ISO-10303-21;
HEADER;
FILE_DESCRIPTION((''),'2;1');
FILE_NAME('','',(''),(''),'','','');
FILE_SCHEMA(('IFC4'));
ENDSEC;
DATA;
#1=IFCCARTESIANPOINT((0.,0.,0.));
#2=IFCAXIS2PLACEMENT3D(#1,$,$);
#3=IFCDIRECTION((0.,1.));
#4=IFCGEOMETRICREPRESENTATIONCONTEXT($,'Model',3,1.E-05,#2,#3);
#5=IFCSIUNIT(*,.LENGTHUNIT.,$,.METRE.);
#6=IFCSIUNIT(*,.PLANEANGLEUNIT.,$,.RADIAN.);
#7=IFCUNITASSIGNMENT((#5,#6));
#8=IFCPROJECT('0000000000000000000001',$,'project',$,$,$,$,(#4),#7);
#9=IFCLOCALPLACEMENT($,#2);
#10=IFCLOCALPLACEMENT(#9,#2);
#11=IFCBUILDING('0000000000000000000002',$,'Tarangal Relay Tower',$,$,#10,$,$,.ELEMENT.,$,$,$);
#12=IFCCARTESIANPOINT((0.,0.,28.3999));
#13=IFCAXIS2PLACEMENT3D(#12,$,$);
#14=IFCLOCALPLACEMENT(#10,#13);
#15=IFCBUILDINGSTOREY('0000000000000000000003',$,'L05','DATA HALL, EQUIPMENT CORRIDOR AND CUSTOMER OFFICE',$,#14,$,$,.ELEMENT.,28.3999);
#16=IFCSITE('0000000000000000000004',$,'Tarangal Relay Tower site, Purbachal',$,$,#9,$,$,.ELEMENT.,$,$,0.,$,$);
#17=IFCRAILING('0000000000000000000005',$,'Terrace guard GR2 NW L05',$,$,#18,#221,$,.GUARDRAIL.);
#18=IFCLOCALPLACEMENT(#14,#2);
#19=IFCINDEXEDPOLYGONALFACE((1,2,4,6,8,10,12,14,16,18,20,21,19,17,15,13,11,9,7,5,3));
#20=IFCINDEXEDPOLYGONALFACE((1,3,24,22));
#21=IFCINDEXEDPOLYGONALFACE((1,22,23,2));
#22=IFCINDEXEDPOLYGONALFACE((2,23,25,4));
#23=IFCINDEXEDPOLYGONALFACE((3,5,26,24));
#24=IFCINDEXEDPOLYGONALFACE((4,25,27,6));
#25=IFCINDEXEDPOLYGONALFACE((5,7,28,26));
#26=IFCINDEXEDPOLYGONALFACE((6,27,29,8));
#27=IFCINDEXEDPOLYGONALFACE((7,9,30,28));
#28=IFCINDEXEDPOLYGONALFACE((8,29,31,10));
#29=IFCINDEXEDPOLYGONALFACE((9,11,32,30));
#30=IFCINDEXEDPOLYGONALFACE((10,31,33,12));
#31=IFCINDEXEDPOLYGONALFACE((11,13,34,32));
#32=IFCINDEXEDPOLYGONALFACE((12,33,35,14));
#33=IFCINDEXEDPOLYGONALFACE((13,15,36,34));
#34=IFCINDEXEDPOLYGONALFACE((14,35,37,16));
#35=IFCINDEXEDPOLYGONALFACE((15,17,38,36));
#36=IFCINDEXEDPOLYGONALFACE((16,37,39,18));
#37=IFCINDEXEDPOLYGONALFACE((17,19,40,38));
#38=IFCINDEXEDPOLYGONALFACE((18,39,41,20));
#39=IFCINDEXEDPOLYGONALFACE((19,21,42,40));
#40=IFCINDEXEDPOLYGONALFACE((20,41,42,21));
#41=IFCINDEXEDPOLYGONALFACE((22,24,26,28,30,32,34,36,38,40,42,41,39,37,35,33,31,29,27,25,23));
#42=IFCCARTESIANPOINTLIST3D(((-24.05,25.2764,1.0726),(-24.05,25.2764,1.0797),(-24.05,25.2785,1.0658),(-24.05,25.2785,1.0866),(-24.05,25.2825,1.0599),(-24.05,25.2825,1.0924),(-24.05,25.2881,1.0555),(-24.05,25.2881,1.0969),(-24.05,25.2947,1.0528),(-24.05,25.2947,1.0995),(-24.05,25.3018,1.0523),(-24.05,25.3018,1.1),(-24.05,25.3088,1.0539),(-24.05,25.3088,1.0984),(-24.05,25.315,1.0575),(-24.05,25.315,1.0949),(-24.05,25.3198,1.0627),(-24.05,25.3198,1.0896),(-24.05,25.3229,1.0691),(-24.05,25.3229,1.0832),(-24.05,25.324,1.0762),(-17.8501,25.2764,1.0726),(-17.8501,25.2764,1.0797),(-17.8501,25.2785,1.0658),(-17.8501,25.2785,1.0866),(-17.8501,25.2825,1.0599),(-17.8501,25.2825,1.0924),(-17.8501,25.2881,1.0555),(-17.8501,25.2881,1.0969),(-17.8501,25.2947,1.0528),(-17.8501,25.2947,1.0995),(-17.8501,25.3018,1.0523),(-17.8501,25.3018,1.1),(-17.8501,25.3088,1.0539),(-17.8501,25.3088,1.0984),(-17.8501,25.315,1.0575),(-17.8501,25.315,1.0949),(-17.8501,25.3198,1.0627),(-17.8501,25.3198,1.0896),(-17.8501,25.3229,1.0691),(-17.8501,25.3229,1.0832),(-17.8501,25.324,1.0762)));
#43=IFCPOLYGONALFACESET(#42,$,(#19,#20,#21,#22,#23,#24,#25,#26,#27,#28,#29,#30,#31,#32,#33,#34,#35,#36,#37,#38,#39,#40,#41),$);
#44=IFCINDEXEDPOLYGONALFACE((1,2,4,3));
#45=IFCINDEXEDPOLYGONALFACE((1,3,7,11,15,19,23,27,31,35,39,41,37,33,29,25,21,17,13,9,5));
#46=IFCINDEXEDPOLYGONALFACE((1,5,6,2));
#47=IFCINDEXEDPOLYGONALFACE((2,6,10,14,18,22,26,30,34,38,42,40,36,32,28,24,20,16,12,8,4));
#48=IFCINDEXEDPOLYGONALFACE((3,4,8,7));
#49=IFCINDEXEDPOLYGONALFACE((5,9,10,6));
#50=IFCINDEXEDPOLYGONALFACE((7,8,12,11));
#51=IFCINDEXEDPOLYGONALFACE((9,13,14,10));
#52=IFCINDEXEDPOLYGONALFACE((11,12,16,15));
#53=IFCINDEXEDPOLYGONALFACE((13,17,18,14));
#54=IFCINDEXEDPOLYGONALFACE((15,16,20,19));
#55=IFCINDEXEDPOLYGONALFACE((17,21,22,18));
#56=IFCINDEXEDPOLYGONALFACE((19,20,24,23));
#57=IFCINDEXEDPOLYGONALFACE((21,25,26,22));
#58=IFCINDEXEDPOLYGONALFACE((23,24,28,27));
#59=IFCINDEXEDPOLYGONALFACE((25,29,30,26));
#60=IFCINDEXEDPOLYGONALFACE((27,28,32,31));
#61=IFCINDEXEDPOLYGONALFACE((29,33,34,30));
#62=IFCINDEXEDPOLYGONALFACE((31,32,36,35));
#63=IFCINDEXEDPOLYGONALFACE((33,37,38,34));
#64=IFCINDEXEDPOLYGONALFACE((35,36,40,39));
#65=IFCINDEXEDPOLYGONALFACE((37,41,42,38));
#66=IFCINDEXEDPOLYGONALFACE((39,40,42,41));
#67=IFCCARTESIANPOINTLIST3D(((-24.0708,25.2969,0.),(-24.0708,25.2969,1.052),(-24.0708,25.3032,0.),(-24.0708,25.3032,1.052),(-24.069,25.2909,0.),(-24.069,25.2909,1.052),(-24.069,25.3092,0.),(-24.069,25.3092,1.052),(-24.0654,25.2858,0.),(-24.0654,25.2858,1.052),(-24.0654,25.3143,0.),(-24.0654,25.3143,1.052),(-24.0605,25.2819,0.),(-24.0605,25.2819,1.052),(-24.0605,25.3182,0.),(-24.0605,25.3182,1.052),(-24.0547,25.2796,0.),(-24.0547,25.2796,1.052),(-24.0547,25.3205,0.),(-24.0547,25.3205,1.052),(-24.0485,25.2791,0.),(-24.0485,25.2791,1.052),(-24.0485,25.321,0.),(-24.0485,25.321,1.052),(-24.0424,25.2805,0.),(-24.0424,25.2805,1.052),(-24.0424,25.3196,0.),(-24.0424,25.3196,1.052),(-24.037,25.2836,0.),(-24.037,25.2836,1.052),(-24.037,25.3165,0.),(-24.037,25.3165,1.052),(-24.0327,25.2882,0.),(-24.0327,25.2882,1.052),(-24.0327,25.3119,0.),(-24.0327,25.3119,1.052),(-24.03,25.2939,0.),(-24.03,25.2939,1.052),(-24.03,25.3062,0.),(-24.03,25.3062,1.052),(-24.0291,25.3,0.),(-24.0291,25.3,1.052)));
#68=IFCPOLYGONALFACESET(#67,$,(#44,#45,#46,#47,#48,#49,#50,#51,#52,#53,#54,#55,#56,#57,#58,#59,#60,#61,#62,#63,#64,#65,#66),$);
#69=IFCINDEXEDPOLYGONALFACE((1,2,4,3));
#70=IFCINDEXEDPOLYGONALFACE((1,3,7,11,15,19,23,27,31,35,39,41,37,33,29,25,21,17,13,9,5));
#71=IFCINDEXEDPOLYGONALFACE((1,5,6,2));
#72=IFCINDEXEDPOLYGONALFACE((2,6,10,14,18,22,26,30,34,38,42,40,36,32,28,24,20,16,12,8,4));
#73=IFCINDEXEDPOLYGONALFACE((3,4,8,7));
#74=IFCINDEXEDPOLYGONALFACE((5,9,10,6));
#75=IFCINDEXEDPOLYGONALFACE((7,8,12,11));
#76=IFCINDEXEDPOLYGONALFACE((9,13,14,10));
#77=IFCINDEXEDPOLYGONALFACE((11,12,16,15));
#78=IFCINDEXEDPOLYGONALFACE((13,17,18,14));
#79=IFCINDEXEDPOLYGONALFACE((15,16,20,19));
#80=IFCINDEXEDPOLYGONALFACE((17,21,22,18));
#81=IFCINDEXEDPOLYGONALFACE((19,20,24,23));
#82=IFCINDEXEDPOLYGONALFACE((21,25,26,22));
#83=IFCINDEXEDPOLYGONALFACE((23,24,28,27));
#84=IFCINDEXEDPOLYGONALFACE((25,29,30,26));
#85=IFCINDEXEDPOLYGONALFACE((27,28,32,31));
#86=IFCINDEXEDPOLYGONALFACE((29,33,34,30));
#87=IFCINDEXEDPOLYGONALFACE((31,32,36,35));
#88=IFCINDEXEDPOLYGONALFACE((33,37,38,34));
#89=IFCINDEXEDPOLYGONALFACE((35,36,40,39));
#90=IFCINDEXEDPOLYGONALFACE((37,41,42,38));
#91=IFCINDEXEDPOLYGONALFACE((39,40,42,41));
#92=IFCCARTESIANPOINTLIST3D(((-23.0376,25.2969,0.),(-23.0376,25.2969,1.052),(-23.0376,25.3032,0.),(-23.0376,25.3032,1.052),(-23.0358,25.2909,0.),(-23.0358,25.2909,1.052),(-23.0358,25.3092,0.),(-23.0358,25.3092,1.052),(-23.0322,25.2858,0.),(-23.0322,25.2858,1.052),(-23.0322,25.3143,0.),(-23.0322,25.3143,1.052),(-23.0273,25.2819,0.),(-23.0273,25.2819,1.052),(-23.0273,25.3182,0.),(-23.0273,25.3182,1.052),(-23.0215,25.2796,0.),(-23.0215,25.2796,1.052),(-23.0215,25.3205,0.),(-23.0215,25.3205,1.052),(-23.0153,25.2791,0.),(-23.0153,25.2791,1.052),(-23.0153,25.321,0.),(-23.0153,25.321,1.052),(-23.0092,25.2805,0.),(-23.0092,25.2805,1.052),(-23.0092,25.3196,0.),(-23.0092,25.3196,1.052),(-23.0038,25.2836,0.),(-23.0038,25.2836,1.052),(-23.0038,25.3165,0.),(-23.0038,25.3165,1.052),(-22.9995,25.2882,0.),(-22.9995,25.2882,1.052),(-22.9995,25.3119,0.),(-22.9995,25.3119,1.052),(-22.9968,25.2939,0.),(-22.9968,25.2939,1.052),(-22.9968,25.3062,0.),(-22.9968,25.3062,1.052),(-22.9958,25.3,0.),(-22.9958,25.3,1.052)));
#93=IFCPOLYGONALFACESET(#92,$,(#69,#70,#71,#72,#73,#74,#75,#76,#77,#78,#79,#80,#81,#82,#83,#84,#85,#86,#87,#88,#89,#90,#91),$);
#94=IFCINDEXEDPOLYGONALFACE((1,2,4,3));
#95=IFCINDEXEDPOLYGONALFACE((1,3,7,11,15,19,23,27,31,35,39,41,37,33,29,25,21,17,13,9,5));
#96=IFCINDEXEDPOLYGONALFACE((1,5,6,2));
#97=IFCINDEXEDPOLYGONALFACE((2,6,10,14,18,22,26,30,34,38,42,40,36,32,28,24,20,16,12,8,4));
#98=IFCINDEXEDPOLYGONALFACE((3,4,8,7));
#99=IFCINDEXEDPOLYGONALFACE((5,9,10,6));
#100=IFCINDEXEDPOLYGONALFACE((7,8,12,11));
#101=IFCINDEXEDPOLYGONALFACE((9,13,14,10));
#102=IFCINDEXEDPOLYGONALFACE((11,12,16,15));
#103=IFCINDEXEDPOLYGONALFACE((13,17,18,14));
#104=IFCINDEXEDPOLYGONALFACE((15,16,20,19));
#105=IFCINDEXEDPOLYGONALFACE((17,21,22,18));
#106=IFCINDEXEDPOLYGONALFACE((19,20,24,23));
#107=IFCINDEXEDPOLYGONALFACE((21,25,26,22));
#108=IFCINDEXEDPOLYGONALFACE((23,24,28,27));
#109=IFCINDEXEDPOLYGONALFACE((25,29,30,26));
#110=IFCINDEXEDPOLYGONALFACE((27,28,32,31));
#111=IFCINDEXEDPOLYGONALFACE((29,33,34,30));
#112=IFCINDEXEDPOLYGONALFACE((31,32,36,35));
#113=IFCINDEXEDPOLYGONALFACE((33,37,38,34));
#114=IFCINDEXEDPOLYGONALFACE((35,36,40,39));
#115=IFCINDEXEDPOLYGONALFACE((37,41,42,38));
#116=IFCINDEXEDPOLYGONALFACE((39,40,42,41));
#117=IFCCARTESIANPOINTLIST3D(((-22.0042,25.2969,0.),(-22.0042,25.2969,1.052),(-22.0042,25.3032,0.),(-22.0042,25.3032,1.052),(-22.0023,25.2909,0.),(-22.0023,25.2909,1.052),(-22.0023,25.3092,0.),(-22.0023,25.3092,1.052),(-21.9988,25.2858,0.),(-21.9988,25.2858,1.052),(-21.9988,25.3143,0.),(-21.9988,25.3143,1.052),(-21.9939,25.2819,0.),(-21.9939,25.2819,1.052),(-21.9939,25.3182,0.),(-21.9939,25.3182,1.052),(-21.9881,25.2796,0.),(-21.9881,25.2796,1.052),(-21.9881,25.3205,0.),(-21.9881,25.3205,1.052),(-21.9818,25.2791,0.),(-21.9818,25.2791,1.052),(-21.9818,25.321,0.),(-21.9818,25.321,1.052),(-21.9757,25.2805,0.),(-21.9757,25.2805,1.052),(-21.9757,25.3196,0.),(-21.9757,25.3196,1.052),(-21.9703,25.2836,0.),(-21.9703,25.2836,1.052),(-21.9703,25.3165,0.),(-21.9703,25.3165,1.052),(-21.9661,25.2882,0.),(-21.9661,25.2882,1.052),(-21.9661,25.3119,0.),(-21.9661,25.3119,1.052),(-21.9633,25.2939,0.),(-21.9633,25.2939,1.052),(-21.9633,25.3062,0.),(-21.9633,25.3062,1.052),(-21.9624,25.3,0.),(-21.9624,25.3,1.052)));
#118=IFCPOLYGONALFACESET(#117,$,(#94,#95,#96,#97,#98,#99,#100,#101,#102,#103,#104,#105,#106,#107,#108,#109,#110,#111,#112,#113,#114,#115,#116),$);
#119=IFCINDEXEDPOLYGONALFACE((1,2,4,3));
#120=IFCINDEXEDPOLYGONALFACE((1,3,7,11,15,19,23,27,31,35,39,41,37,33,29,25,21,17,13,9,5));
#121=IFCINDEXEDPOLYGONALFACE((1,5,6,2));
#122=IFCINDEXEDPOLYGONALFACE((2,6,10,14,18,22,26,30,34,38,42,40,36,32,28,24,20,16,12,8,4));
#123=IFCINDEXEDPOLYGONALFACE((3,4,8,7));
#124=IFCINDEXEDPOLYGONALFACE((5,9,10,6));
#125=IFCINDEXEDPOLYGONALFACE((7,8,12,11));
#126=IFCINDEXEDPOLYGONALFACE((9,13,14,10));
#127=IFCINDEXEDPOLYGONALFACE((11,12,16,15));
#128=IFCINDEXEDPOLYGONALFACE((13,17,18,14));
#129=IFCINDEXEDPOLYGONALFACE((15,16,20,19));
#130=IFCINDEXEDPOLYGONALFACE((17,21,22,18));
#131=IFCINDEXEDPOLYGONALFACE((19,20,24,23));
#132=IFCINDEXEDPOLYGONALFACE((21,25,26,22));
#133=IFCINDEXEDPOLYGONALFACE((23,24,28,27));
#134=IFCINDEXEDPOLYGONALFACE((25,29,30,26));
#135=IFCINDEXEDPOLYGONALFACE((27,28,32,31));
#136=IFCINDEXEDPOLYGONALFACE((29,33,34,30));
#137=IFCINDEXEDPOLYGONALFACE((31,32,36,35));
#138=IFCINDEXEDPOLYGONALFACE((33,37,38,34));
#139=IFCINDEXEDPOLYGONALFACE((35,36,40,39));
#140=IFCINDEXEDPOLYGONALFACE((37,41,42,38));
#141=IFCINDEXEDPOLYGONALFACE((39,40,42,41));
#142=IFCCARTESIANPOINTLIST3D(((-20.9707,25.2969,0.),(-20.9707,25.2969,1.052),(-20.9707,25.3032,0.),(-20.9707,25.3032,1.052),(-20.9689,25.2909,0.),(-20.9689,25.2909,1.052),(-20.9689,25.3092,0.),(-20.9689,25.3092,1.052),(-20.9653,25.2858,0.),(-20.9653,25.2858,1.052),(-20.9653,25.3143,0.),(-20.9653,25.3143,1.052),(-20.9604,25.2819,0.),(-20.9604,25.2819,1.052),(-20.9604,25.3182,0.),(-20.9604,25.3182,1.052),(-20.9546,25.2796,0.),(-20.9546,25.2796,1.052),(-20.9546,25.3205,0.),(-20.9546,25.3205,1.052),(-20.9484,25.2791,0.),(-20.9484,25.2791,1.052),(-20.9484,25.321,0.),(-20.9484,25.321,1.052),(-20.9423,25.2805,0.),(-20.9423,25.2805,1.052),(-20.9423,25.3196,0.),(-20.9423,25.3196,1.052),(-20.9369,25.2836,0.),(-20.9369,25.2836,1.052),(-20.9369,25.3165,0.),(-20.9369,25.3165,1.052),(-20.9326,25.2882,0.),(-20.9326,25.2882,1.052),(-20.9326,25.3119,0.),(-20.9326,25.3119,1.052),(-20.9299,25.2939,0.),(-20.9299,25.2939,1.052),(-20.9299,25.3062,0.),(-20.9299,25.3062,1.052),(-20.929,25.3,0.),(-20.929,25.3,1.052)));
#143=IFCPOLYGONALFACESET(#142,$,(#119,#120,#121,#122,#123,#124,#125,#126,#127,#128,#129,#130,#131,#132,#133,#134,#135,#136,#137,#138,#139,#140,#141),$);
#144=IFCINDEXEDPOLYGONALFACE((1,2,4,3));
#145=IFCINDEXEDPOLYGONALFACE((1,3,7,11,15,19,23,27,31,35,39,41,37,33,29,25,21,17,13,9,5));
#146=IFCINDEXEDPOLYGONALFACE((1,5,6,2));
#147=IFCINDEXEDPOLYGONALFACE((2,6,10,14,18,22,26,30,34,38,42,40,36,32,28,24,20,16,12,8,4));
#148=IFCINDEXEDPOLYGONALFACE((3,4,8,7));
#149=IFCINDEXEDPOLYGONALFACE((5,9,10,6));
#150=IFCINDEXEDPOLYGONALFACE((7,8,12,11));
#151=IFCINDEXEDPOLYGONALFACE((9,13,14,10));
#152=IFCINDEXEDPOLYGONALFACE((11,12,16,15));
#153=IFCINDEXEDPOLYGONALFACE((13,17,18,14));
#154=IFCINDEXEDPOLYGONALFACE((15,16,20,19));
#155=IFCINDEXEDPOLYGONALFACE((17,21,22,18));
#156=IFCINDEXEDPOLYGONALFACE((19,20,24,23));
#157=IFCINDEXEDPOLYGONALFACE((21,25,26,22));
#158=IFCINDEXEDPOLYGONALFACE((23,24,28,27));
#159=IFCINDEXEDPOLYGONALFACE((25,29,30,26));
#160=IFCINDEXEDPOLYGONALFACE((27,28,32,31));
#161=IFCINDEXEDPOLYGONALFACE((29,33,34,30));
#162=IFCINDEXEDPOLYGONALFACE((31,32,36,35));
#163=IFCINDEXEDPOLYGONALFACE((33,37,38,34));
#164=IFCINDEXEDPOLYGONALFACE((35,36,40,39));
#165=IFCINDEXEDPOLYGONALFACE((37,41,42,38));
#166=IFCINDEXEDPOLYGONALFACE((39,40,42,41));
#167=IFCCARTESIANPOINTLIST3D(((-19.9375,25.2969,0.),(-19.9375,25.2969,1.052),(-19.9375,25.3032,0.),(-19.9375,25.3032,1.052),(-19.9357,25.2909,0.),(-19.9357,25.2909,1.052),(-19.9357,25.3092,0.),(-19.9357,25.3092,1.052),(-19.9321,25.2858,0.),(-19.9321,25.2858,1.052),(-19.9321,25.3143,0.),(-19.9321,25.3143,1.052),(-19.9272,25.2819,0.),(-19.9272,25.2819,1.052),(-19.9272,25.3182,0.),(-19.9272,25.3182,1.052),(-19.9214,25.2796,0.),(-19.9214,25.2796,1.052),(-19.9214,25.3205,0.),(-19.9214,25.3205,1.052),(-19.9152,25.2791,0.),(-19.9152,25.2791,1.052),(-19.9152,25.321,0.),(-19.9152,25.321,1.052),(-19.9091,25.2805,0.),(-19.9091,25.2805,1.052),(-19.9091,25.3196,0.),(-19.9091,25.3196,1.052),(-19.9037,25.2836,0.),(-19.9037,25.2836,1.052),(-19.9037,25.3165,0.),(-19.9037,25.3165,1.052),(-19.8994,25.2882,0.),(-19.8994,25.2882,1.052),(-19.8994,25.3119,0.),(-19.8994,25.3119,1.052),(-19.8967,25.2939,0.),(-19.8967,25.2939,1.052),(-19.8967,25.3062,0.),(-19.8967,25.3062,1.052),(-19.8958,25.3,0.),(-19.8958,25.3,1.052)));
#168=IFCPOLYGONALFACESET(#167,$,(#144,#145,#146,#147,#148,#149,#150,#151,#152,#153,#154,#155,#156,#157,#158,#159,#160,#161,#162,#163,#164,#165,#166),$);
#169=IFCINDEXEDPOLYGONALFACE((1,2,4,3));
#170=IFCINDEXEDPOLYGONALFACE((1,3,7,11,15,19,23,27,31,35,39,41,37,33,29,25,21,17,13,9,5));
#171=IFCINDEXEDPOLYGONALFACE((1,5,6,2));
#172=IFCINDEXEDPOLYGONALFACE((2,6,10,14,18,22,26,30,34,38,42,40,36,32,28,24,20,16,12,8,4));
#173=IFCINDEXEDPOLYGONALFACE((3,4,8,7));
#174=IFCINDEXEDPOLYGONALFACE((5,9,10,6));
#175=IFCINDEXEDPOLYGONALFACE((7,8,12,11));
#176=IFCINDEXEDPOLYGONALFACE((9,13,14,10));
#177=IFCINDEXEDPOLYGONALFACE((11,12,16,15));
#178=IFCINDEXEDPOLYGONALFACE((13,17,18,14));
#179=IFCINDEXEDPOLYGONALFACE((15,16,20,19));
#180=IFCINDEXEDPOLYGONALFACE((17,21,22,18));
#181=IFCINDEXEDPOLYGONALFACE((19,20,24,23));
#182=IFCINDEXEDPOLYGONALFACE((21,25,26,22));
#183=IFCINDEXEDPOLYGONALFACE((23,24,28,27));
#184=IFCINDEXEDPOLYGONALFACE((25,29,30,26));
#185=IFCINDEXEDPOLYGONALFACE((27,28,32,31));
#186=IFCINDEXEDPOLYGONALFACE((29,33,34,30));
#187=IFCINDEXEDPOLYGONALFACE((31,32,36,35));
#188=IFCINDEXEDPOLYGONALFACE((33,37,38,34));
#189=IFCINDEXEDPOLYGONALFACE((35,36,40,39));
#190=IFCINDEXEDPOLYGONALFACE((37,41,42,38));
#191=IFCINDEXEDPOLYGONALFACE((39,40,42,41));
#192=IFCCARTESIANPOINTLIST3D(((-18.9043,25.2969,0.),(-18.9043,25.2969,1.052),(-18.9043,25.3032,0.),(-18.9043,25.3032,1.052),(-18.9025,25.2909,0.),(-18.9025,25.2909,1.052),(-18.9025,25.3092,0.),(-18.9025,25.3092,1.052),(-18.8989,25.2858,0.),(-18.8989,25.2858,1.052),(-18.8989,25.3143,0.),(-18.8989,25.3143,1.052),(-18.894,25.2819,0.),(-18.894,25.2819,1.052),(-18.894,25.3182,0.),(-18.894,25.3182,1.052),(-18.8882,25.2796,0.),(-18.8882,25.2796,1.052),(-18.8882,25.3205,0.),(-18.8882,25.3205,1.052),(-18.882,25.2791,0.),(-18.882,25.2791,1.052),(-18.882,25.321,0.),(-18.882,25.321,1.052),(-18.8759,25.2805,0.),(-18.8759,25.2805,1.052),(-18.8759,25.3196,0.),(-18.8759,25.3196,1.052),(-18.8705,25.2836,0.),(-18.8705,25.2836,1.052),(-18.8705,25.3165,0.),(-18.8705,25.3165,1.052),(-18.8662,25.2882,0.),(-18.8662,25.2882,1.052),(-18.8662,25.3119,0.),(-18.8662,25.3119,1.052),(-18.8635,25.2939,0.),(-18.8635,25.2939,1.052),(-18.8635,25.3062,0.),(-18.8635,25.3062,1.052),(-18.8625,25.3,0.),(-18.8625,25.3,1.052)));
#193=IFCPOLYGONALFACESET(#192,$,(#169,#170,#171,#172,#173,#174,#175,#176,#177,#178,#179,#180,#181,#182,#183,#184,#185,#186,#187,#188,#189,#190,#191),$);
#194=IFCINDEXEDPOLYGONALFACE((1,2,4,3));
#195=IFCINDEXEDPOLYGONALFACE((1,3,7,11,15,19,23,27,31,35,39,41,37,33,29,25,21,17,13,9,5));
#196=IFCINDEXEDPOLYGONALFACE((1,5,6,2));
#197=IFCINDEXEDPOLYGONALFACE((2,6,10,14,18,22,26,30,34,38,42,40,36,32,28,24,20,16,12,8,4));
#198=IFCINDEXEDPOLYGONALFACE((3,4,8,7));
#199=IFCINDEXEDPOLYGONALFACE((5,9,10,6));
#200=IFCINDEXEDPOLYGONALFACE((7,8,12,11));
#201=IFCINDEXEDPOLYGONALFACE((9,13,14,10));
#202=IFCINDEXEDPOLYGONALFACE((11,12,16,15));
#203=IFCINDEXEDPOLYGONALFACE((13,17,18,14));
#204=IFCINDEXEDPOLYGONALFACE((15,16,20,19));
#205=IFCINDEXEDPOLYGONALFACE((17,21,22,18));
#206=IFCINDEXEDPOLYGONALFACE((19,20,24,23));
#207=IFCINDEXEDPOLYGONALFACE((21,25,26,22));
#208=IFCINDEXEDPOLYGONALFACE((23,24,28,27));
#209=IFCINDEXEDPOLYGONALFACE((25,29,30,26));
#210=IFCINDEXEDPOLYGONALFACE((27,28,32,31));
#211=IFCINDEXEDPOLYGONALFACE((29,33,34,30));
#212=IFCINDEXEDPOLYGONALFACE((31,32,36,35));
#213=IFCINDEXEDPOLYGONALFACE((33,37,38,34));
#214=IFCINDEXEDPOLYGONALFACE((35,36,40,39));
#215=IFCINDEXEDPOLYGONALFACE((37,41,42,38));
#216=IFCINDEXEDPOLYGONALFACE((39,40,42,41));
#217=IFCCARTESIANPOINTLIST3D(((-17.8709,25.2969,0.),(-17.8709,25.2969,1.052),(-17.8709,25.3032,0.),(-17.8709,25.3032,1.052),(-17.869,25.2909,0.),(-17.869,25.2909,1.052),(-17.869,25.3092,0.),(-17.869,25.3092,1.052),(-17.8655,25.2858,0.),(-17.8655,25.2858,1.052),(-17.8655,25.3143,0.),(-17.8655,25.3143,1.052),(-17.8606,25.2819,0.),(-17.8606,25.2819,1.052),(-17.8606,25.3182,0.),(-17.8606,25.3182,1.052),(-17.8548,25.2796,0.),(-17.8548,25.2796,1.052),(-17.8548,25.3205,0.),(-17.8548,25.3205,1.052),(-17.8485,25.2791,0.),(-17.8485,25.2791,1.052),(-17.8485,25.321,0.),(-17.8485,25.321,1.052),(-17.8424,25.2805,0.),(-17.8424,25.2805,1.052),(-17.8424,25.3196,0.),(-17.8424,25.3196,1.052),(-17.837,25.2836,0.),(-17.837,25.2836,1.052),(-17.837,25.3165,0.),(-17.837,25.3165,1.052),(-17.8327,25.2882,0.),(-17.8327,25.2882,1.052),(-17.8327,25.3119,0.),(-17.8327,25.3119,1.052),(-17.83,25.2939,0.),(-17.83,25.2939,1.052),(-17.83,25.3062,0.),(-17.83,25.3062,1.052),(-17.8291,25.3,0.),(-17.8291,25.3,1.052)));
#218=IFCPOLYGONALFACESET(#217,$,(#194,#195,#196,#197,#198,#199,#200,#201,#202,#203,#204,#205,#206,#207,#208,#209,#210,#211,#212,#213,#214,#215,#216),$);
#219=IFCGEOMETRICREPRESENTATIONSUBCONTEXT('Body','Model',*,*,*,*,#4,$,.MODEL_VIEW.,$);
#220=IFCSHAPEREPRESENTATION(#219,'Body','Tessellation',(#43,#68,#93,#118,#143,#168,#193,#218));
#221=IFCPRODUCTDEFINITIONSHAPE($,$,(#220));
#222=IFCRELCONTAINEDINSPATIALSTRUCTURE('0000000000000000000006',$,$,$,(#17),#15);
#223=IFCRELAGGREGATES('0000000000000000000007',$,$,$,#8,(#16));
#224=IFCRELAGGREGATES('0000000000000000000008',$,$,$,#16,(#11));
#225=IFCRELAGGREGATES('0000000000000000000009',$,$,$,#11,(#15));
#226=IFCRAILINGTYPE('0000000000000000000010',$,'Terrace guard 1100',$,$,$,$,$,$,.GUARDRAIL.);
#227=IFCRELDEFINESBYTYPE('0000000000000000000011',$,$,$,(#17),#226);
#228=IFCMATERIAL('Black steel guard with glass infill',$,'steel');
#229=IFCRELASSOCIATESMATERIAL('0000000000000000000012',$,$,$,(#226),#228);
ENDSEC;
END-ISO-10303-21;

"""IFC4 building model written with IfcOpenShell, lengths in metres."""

from ifc_helpers import new_model, si_unit, direction, frame, origin, origin_2d, place, context, subcontext, project, spatial, circle, extrude, material, type_object, element, save


model = new_model("IFC4")

# Units and contexts
model_context = context("Model", 3, precision=1e-05, world=origin(), true_north=direction((0.0, 1.0)))
body_context = subcontext(model_context, "Body", "Model", "MODEL_VIEW")
ifc_project = project(units=[si_unit("LENGTHUNIT", "METRE"), si_unit("PLANEANGLEUNIT", "RADIAN")], contexts=[model_context])

# Site, building, storey
site_placement = place(None, origin())
site = spatial("IfcSite", under=ifc_project, at=site_placement, Name="Tarangal Relay Tower site, Purbachal", CompositionType="ELEMENT", RefElevation=0.0)
building_placement = place(site_placement, origin())
building = spatial("IfcBuilding", under=site, at=building_placement, Name="Tarangal Relay Tower", CompositionType="ELEMENT")
storey_placement = place(building_placement, frame((0.0, 0.0, 28.3999)))
storey = spatial("IfcBuildingStorey", under=building, at=storey_placement, Name="L05", Description="DATA HALL, EQUIPMENT CORRIDOR AND CUSTOMER OFFICE", CompositionType="ELEMENT", Elevation=28.3999)

# Railing
ifc_material_1 = material(Name="Black steel guard with glass infill", Category="steel")
railing_type = type_object("IfcRailingType", Name="Terrace guard 1100", PredefinedType="GUARDRAIL", material=ifc_material_1)
railing_1_placement = place(storey_placement, frame((-24.05, 25.3, 0.0)))
element("IfcRailing", 1, at=railing_1_placement, inside=storey, type_object=railing_type, Name="Terrace guard GR2 NW L05", PredefinedType="GUARDRAIL", context=body_context, shape_type="SweptSolid", body=[
    extrude(circle(Radius=0.0239, at=origin_2d()), frame((0.0, 0.0, 1.0762), z_axis=(1.0, 0.0, 0.0), x_axis=(0.0, 1.0, 0.0)), (0.0, 0.0, 1.0), 6.2),
    extrude(circle(Radius=0.021, at=origin_2d()), origin(), (0.0, 0.0, 1.0), 1.052),
    extrude(circle(Radius=0.021, at=origin_2d()), frame((1.0332, 0.0, 0.0)), (0.0, 0.0, 1.0), 1.052),
    extrude(circle(Radius=0.021, at=origin_2d()), frame((2.0667, 0.0, 0.0)), (0.0, 0.0, 1.0), 1.052),
    extrude(circle(Radius=0.021, at=origin_2d()), frame((3.1001, 0.0, 0.0)), (0.0, 0.0, 1.0), 1.052),
    extrude(circle(Radius=0.021, at=origin_2d()), frame((4.1333, 0.0, 0.0)), (0.0, 0.0, 1.0), 1.052),
    extrude(circle(Radius=0.021, at=origin_2d()), frame((5.1665, 0.0, 0.0)), (0.0, 0.0, 1.0), 1.052),
    extrude(circle(Radius=0.021, at=origin_2d()), frame((6.2, 0.0, 0.0)), (0.0, 0.0, 1.0), 1.052),
])

save(model, "model.ifc")
